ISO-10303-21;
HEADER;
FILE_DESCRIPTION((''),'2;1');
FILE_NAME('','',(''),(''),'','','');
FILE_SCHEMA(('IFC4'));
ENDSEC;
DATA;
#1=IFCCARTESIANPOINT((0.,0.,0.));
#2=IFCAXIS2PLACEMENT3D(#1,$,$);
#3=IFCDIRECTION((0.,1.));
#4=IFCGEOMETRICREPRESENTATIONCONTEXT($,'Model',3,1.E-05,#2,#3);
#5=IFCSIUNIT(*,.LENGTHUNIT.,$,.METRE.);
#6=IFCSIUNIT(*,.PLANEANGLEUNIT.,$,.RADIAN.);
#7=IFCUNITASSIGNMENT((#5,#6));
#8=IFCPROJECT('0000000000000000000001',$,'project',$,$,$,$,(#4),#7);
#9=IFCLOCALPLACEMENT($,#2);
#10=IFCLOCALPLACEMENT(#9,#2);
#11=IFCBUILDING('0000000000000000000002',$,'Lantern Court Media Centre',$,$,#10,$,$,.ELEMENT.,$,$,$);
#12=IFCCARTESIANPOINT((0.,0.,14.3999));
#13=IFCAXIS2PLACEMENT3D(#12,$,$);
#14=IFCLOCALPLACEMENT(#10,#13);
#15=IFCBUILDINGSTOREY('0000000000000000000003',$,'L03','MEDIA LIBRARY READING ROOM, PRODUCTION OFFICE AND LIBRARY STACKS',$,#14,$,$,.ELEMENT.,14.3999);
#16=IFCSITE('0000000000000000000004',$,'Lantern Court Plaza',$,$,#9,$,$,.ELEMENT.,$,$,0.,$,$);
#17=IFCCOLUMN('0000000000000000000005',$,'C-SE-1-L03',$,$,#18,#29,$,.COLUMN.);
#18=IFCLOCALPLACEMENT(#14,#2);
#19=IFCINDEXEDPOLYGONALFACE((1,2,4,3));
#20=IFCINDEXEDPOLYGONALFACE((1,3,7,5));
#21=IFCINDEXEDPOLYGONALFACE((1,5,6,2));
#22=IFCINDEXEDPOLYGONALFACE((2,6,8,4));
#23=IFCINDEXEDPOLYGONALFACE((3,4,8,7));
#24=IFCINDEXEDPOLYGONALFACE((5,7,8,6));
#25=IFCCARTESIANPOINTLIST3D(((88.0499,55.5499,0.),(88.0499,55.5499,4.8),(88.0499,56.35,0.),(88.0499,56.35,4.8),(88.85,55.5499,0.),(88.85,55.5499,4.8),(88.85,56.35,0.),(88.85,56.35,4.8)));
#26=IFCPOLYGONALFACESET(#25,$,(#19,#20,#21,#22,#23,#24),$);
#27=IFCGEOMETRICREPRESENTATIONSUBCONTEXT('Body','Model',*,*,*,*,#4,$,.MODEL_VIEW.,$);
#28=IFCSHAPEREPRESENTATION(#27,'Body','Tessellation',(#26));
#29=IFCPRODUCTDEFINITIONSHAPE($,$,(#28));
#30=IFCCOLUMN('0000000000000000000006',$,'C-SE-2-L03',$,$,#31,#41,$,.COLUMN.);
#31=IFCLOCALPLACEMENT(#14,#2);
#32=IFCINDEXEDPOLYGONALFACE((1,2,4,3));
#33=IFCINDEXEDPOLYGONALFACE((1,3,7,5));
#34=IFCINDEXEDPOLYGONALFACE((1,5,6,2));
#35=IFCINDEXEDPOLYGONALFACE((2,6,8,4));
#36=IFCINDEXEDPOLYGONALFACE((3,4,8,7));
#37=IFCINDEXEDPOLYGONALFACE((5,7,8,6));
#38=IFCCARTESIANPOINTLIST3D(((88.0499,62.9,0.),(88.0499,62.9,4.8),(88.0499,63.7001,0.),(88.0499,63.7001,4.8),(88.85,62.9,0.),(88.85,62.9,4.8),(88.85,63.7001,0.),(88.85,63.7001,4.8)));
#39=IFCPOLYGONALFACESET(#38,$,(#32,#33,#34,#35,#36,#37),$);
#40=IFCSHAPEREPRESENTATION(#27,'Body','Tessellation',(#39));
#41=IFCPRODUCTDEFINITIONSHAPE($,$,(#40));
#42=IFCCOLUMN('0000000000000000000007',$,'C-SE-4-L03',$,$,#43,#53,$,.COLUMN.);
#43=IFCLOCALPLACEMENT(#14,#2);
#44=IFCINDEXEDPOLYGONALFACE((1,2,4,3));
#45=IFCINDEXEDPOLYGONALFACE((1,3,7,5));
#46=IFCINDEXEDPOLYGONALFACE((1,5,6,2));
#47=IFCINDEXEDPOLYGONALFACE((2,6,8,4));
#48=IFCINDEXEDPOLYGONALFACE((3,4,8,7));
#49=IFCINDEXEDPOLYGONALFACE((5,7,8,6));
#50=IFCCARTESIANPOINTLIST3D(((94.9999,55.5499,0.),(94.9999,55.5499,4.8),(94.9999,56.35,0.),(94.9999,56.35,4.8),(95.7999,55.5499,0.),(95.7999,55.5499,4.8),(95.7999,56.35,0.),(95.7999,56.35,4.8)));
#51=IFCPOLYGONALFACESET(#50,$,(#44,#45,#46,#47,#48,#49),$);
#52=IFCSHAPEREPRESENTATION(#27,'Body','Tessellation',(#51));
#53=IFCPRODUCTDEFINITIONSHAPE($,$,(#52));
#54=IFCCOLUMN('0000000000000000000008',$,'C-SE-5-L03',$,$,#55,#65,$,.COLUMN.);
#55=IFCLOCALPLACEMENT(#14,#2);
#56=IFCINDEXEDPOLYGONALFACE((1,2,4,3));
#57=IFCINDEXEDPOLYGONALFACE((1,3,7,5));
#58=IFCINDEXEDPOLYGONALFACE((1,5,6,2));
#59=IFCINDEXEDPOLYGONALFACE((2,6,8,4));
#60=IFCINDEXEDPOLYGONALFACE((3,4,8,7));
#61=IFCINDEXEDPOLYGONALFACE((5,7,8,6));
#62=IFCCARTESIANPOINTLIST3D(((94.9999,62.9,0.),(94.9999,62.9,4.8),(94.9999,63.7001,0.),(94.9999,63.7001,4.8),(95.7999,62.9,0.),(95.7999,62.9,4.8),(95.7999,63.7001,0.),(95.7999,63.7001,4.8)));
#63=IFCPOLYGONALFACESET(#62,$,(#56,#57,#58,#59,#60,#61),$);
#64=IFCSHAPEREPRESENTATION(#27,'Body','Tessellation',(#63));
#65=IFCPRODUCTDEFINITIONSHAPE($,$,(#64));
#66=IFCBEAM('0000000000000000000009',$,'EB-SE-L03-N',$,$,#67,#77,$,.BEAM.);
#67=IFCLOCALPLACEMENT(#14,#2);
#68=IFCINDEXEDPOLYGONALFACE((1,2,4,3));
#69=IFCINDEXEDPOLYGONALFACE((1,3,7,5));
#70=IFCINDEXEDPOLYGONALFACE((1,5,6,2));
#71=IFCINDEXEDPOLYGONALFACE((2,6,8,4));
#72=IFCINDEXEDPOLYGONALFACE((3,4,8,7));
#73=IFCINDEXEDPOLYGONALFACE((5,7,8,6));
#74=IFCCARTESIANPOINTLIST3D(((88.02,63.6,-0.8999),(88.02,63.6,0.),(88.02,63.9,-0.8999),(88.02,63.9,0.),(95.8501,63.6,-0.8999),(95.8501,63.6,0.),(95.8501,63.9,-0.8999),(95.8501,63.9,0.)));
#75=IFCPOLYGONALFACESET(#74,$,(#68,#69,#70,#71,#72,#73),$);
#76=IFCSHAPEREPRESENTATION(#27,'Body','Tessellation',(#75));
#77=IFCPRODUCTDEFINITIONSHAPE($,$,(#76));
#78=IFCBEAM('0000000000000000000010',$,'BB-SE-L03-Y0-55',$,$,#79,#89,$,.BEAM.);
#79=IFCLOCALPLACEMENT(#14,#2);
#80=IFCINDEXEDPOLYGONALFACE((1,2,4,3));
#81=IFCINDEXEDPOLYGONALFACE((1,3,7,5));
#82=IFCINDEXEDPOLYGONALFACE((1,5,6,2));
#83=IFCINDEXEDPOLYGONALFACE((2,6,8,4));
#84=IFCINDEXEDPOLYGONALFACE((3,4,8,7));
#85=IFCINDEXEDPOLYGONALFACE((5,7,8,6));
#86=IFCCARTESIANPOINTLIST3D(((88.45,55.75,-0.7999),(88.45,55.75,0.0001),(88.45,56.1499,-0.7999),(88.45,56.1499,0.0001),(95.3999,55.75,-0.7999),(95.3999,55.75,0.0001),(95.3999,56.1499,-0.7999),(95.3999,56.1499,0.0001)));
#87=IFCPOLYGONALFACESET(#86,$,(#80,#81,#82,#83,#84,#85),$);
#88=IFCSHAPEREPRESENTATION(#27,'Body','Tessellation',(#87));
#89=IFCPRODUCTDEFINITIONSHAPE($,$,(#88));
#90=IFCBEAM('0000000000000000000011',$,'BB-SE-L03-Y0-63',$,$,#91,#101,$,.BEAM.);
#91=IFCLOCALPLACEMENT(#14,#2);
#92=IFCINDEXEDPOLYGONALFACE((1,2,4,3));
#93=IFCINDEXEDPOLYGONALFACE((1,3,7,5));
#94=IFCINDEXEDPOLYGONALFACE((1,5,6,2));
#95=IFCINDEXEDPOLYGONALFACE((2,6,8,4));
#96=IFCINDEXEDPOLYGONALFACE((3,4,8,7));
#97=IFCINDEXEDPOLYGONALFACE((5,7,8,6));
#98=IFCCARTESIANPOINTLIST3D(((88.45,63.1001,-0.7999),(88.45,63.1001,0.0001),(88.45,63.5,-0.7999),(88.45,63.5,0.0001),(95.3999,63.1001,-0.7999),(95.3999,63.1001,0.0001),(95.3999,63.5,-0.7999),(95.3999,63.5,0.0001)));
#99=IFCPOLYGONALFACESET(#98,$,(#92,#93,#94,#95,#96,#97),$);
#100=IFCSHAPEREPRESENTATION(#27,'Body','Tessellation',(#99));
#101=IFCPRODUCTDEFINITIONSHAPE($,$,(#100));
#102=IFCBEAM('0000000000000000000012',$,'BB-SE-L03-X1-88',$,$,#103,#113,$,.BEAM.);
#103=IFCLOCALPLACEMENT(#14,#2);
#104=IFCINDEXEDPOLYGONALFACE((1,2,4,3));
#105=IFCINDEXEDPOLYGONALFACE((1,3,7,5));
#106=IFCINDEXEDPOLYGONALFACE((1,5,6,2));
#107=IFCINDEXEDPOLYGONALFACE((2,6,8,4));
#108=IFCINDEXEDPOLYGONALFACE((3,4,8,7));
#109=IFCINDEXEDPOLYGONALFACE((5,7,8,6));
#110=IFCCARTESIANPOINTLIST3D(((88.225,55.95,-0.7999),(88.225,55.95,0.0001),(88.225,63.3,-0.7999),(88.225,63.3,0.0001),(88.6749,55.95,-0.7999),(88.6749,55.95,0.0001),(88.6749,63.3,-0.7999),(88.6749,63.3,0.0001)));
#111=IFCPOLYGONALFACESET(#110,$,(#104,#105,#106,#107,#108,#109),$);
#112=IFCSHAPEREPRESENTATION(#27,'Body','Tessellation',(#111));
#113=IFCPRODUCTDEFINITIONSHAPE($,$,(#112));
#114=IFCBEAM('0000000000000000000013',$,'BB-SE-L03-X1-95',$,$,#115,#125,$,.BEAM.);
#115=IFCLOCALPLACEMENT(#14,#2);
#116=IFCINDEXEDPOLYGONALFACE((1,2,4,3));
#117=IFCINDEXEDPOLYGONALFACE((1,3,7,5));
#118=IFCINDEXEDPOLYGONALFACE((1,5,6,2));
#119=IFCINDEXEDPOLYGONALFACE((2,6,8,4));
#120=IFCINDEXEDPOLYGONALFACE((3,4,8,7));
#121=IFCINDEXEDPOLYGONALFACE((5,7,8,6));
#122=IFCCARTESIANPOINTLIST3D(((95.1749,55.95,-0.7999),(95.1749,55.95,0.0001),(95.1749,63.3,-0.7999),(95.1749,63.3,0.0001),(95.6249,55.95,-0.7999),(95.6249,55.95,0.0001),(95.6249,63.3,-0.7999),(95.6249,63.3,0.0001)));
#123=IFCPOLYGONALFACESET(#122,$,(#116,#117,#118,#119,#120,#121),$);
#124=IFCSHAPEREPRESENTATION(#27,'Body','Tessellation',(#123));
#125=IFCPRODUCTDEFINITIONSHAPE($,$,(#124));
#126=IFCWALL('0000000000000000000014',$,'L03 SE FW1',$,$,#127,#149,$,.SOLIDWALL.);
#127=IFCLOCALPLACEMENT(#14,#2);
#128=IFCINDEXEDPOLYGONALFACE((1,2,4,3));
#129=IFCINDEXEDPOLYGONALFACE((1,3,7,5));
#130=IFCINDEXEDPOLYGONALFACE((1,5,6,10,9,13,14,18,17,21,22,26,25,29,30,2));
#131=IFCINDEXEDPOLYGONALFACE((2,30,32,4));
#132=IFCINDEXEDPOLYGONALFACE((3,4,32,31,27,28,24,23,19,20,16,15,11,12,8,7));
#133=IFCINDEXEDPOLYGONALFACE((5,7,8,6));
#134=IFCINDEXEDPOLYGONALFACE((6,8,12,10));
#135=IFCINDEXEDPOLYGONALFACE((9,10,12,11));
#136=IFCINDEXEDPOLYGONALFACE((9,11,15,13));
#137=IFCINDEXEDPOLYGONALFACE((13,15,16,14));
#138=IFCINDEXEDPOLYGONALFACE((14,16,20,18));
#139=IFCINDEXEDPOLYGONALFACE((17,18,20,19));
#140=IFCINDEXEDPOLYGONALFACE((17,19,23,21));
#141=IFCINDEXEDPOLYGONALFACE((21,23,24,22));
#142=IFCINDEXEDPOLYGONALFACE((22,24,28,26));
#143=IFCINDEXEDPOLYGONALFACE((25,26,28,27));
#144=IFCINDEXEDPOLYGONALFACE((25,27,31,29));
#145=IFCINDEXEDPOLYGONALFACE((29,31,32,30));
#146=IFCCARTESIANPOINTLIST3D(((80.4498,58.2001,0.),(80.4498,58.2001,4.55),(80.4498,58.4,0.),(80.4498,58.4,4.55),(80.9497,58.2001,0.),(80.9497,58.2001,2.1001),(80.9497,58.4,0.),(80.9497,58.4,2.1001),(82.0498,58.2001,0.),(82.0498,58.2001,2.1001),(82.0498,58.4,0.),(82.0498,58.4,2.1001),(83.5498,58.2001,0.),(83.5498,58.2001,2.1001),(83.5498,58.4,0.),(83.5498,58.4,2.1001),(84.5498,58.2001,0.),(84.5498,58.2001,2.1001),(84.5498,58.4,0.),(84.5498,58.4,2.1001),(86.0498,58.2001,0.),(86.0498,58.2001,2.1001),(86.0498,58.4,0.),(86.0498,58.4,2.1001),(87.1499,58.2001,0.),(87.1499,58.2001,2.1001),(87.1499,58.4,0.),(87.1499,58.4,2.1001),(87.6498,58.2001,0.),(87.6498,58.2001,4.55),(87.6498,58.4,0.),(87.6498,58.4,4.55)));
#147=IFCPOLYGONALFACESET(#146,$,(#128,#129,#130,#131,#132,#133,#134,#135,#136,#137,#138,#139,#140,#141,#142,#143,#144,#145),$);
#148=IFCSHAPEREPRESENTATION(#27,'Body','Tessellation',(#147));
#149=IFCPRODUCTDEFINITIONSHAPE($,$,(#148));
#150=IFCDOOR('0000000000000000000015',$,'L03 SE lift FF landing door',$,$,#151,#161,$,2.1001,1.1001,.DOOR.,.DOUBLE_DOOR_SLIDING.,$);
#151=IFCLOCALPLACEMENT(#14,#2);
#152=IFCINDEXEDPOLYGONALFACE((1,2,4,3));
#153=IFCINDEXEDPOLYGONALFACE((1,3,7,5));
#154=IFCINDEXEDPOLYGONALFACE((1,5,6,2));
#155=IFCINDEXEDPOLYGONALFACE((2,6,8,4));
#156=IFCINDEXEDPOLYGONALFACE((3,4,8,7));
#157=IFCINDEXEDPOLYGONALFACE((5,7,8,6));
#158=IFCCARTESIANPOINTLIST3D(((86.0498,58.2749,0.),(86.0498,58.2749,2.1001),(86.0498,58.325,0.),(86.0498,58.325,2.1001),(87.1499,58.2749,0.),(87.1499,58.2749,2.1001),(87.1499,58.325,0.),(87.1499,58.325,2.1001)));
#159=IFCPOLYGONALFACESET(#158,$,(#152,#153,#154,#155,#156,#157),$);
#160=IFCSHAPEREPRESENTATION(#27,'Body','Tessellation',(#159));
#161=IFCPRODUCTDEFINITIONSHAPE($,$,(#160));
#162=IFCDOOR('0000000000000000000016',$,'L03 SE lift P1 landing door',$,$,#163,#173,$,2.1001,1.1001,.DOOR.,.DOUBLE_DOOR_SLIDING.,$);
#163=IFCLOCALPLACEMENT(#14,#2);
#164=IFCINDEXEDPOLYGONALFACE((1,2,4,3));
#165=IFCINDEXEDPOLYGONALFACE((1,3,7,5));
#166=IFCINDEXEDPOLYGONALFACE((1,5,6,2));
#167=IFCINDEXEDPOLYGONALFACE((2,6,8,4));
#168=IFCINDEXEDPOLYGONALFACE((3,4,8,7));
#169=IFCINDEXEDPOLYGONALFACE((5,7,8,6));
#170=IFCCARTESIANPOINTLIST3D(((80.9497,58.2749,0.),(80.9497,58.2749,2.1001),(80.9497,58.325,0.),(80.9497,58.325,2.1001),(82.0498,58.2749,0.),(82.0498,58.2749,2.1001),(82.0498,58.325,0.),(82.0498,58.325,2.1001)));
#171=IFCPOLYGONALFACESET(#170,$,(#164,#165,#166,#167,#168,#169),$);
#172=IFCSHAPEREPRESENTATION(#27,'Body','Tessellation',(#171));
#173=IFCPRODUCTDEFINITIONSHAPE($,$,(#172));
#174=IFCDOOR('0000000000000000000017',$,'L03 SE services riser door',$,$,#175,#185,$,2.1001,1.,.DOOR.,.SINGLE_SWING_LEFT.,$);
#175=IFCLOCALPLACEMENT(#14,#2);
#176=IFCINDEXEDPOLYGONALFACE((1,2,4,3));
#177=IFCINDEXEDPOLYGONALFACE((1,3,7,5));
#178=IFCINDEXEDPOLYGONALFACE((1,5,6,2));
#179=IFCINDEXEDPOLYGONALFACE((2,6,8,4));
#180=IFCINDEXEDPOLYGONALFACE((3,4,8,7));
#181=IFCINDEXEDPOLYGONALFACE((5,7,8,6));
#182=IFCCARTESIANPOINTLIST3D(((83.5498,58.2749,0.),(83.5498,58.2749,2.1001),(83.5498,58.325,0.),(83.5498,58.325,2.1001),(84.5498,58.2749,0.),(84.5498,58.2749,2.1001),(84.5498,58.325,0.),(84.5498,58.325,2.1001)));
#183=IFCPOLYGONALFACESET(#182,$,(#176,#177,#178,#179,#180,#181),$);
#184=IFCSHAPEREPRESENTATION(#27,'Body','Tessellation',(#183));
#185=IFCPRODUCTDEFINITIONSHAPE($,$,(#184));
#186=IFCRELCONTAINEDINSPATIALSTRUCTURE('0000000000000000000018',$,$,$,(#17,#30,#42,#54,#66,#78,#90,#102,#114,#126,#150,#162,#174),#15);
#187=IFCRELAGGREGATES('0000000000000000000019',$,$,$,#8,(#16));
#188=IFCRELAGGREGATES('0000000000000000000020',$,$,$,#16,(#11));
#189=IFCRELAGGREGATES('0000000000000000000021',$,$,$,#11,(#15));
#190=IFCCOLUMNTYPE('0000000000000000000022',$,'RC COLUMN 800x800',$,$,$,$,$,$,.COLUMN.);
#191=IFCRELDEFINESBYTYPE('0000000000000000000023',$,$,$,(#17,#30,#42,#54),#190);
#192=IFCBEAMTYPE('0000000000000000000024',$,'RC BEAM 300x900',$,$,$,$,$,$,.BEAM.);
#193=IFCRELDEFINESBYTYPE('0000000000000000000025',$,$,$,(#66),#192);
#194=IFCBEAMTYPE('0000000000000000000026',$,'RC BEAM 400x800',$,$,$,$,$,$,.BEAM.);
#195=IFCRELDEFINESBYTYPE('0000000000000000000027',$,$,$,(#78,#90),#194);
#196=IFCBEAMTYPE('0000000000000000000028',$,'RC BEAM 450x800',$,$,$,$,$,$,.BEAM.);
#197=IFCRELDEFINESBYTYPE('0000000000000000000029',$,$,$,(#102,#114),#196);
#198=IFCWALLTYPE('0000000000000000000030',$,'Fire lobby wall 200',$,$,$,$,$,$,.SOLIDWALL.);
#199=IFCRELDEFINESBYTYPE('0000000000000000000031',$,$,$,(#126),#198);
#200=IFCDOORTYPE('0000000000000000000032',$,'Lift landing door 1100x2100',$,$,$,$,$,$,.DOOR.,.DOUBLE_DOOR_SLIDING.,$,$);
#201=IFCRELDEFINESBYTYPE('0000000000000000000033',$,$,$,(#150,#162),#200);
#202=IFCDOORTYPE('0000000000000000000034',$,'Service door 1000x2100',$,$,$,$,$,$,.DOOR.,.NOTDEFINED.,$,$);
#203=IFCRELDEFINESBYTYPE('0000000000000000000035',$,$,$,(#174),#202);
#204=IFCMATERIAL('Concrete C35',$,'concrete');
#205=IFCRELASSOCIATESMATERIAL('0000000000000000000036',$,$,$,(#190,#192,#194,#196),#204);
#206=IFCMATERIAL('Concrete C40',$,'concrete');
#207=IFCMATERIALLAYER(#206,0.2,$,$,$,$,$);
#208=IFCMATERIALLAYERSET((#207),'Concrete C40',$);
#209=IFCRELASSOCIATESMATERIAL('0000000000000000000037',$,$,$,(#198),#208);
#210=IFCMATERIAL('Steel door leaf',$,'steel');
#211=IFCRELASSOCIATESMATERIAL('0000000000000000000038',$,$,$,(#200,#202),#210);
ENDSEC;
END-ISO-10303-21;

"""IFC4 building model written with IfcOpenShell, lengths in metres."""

from ifc_helpers import new_model, si_unit, direction, frame, frame_2d, origin, origin_2d, place, context, subcontext, project, spatial, rectangle, extrude, material, layer, layer_set, material_profile, profile_set, type_object, element, fill, save


model = new_model("IFC4")

# Units and contexts
model_context = context("Model", 3, precision=1e-05, world=origin(), true_north=direction((0.0, 1.0)))
body_context = subcontext(model_context, "Body", "Model", "MODEL_VIEW")
ifc_project = project(units=[si_unit("LENGTHUNIT", "METRE"), si_unit("PLANEANGLEUNIT", "RADIAN")], contexts=[model_context])

# Site, building, storey
site_placement = place(None, origin())
site = spatial("IfcSite", under=ifc_project, at=site_placement, Name="Lantern Court Plaza", CompositionType="ELEMENT", RefElevation=0.0)
building_placement = place(site_placement, origin())
building = spatial("IfcBuilding", under=site, at=building_placement, Name="Lantern Court Media Centre", CompositionType="ELEMENT")
storey_placement = place(building_placement, frame((0.0, 0.0, 14.3999)))
storey = spatial("IfcBuildingStorey", under=building, at=storey_placement, Name="L03", Description="MEDIA LIBRARY READING ROOM, PRODUCTION OFFICE AND LIBRARY STACKS", CompositionType="ELEMENT", Elevation=14.3999)

# Columns
ifc_material_1 = material(Name="Concrete C35", Category="concrete")
ifc_material_profile_1 = material_profile(ifc_material_1, rectangle(XDim=0.8, YDim=0.8, at=origin_2d()), Name="RC 800x800")
ifc_profile_set_1 = profile_set([ifc_material_profile_1], Name="Concrete C35")
column_type = type_object("IfcColumnType", Name="RC COLUMN 800x800", PredefinedType="COLUMN", material=ifc_profile_set_1)
for number, where, z_axis, x_axis, name in (
    (1, (88.45, 55.95, 0.0), (0.0, 0.0, 1.0), (1.0, 0.0, 0.0), "C-SE-1-L03"),
    (2, (88.45, 63.3, 0.0), (0.0, 0.0, 1.0), (1.0, 0.0, 0.0), "C-SE-2-L03"),
    (3, (95.3999, 55.95, 0.0), (0.0, 0.0, 1.0), (1.0, 0.0, 0.0), "C-SE-4-L03"),
    (4, (95.3999, 63.3, 0.0), (0.0, 0.0, 1.0), (1.0, 0.0, 0.0), "C-SE-5-L03"),
):
    element("IfcColumn", number, at=place(storey_placement, frame(where, z_axis=z_axis, x_axis=x_axis)), inside=storey, type_object=column_type, Name=name, PredefinedType="COLUMN", context=body_context, shape_type="SweptSolid", body=[
        extrude(rectangle(XDim=0.8, YDim=0.8, at=origin_2d()), origin(), (0.0, 0.0, 1.0), 4.8),
    ])

# Beams
ifc_material_profile_2 = material_profile(ifc_material_1, rectangle(XDim=0.3, YDim=0.8999, at=origin_2d()), Name="RC 300x900")
ifc_profile_set_2 = profile_set([ifc_material_profile_2], Name="Concrete C35")
beam_type_1 = type_object("IfcBeamType", Name="RC BEAM 300x900", PredefinedType="BEAM", material=ifc_profile_set_2)
beam_placement = place(storey_placement, frame((88.02, 63.75, -0.45), z_axis=(1.0, 0.0, 0.0), x_axis=(0.0, 1.0, 0.0)))
element("IfcBeam", 5, at=beam_placement, inside=storey, type_object=beam_type_1, Name="EB-SE-L03-N", PredefinedType="BEAM", context=body_context, shape_type="SweptSolid", body=[
    extrude(rectangle(XDim=0.3, YDim=0.8999, at=origin_2d()), origin(), (0.0, 0.0, 1.0), 7.8301),
])
ifc_material_profile_3 = material_profile(ifc_material_1, rectangle(XDim=0.3999, YDim=0.8, at=origin_2d()), Name="RC 400x800")
ifc_profile_set_3 = profile_set([ifc_material_profile_3], Name="Concrete C35")
beam_type_2 = type_object("IfcBeamType", Name="RC BEAM 400x800", PredefinedType="BEAM", material=ifc_profile_set_3)
for number, where, z_axis, x_axis, name in (
    (6, (88.45, 55.95, -0.3999), (1.0, 0.0, 0.0), (0.0, 1.0, 0.0), "BB-SE-L03-Y0-55"),
    (7, (88.45, 63.3, -0.3999), (1.0, 0.0, 0.0), (0.0, 1.0, 0.0), "BB-SE-L03-Y0-63"),
):
    element("IfcBeam", number, at=place(storey_placement, frame(where, z_axis=z_axis, x_axis=x_axis)), inside=storey, type_object=beam_type_2, Name=name, PredefinedType="BEAM", context=body_context, shape_type="SweptSolid", body=[
        extrude(rectangle(XDim=0.3999, YDim=0.8, at=origin_2d()), origin(), (0.0, 0.0, 1.0), 6.95),
    ])
ifc_material_profile_4 = material_profile(ifc_material_1, rectangle(XDim=0.45, YDim=0.8, at=origin_2d()), Name="RC 450x800")
ifc_profile_set_4 = profile_set([ifc_material_profile_4], Name="Concrete C35")
beam_type_3 = type_object("IfcBeamType", Name="RC BEAM 450x800", PredefinedType="BEAM", material=ifc_profile_set_4)
for number, where, z_axis, x_axis, name in (
    (8, (88.45, 55.95, -0.3999), (0.0, 1.0, 0.0), (-1.0, 0.0, 0.0), "BB-SE-L03-X1-88"),
    (9, (95.3999, 55.95, -0.3999), (0.0, 1.0, 0.0), (-1.0, 0.0, 0.0), "BB-SE-L03-X1-95"),
):
    element("IfcBeam", number, at=place(storey_placement, frame(where, z_axis=z_axis, x_axis=x_axis)), inside=storey, type_object=beam_type_3, Name=name, PredefinedType="BEAM", context=body_context, shape_type="SweptSolid", body=[
        extrude(rectangle(XDim=0.45, YDim=0.8, at=origin_2d()), origin(), (0.0, 0.0, 1.0), 7.3501),
    ])

# Wall, openings, doors
ifc_material_2 = material(Name="Concrete C40", Category="concrete")
ifc_layer_1 = layer(ifc_material_2, 0.2)
ifc_layer_set_1 = layer_set([ifc_layer_1], Name="Concrete C40")
wall_type_1 = type_object("IfcWallType", Name="Fire lobby wall 200", PredefinedType="SOLIDWALL", material=ifc_layer_set_1)
wall_1_placement = place(storey_placement, frame((87.6499, 58.3, 0.0), z_axis=(0.0, 0.0, 1.0), x_axis=(-1.0, 0.0, 0.0)))
wall_1 = element("IfcWall", 10, at=wall_1_placement, inside=storey, type_object=wall_type_1, Name="L03 SE FW1", PredefinedType="SOLIDWALL", context=body_context, shape_type="SweptSolid", body=[
    extrude(rectangle(XDim=7.2, YDim=0.2, at=frame_2d((3.6001, 0.0))), origin(), (0.0, 0.0, 1.0), 4.55),
])
opening_1_placement = place(wall_1_placement, frame((0.5, 0.0, 0.0)))
opening_1 = element("IfcOpeningElement", 11, at=opening_1_placement, cuts=wall_1, PredefinedType="OPENING", context=body_context, shape_type="SweptSolid", body=[
    extrude(rectangle(XDim=1.1001, YDim=2.1001, at=frame_2d((0.55, 1.05))), frame((0.0, 0.1099, 0.0), z_axis=(0.0, -1.0, 0.0), x_axis=(1.0, 0.0, 0.0)), (0.0, 0.0, 1.0), 0.22),
])
opening_2_placement = place(wall_1_placement, frame((5.6001, 0.0, 0.0)))
opening_2 = element("IfcOpeningElement", 12, at=opening_2_placement, cuts=wall_1, PredefinedType="OPENING", context=body_context, shape_type="SweptSolid", body=[
    extrude(rectangle(XDim=1.1001, YDim=2.1001, at=frame_2d((0.55, 1.05))), frame((0.0, 0.1099, 0.0), z_axis=(0.0, -1.0, 0.0), x_axis=(1.0, 0.0, 0.0)), (0.0, 0.0, 1.0), 0.22),
])
opening_3_placement = place(wall_1_placement, frame((3.1001, 0.0, 0.0)))
opening_3 = element("IfcOpeningElement", 13, at=opening_3_placement, cuts=wall_1, PredefinedType="OPENING", context=body_context, shape_type="SweptSolid", body=[
    extrude(rectangle(XDim=1.0, YDim=2.1001, at=frame_2d((0.5, 1.05))), frame((0.0, 0.1099, 0.0), z_axis=(0.0, -1.0, 0.0), x_axis=(1.0, 0.0, 0.0)), (0.0, 0.0, 1.0), 0.22),
])
ifc_material_3 = material(Name="Steel door leaf", Category="steel")
door_type_1 = type_object("IfcDoorType", Name="Lift landing door 1100x2100", OperationType="DOUBLE_DOOR_SLIDING", PredefinedType="DOOR", material=ifc_material_3)
door_1_placement = place(opening_1_placement, frame((1.1001, 0.0, 0.0), z_axis=(0.0, 0.0, 1.0), x_axis=(-1.0, 0.0, 0.0)))
door_1 = element("IfcDoor", 14, at=door_1_placement, inside=storey, type_object=door_type_1, Name="L03 SE lift FF landing door", OperationType="DOUBLE_DOOR_SLIDING", OverallHeight=2.1001, OverallWidth=1.1001, PredefinedType="DOOR", context=body_context, shape_type="SweptSolid", body=[
    extrude(rectangle(XDim=1.1001, YDim=2.1001, at=frame_2d((0.55, 1.05))), frame((0.0, 0.0249, 0.0), z_axis=(0.0, -1.0, 0.0), x_axis=(1.0, 0.0, 0.0)), (0.0, 0.0, 1.0), 0.05),
])
fill(opening_1, door_1)
door_2_placement = place(opening_2_placement, frame((1.1001, 0.0, 0.0), z_axis=(0.0, 0.0, 1.0), x_axis=(-1.0, 0.0, 0.0)))
door_2 = element("IfcDoor", 15, at=door_2_placement, inside=storey, type_object=door_type_1, Name="L03 SE lift P1 landing door", OperationType="DOUBLE_DOOR_SLIDING", OverallHeight=2.1001, OverallWidth=1.1001, PredefinedType="DOOR", context=body_context, shape_type="SweptSolid", body=[
    extrude(rectangle(XDim=1.1001, YDim=2.1001, at=frame_2d((0.55, 1.05))), frame((0.0, 0.0249, 0.0), z_axis=(0.0, -1.0, 0.0), x_axis=(1.0, 0.0, 0.0)), (0.0, 0.0, 1.0), 0.05),
])
fill(opening_2, door_2)
door_type_2 = type_object("IfcDoorType", Name="Service door 1000x2100", OperationType="NOTDEFINED", PredefinedType="DOOR", material=ifc_material_3)
door_3_placement = place(opening_3_placement, frame((1.0, 0.0, 0.0), z_axis=(0.0, 0.0, 1.0), x_axis=(-1.0, 0.0, 0.0)))
door_3 = element("IfcDoor", 16, at=door_3_placement, inside=storey, type_object=door_type_2, Name="L03 SE services riser door", OperationType="SINGLE_SWING_LEFT", OverallHeight=2.1001, OverallWidth=1.0, PredefinedType="DOOR", context=body_context, shape_type="SweptSolid", body=[
    extrude(rectangle(XDim=1.0, YDim=2.1001, at=frame_2d((0.5, 1.05))), frame((0.0, 0.0249, 0.0), z_axis=(0.0, -1.0, 0.0), x_axis=(1.0, 0.0, 0.0)), (0.0, 0.0, 1.0), 0.05),
])
fill(opening_3, door_3)

save(model, "model.ifc")
